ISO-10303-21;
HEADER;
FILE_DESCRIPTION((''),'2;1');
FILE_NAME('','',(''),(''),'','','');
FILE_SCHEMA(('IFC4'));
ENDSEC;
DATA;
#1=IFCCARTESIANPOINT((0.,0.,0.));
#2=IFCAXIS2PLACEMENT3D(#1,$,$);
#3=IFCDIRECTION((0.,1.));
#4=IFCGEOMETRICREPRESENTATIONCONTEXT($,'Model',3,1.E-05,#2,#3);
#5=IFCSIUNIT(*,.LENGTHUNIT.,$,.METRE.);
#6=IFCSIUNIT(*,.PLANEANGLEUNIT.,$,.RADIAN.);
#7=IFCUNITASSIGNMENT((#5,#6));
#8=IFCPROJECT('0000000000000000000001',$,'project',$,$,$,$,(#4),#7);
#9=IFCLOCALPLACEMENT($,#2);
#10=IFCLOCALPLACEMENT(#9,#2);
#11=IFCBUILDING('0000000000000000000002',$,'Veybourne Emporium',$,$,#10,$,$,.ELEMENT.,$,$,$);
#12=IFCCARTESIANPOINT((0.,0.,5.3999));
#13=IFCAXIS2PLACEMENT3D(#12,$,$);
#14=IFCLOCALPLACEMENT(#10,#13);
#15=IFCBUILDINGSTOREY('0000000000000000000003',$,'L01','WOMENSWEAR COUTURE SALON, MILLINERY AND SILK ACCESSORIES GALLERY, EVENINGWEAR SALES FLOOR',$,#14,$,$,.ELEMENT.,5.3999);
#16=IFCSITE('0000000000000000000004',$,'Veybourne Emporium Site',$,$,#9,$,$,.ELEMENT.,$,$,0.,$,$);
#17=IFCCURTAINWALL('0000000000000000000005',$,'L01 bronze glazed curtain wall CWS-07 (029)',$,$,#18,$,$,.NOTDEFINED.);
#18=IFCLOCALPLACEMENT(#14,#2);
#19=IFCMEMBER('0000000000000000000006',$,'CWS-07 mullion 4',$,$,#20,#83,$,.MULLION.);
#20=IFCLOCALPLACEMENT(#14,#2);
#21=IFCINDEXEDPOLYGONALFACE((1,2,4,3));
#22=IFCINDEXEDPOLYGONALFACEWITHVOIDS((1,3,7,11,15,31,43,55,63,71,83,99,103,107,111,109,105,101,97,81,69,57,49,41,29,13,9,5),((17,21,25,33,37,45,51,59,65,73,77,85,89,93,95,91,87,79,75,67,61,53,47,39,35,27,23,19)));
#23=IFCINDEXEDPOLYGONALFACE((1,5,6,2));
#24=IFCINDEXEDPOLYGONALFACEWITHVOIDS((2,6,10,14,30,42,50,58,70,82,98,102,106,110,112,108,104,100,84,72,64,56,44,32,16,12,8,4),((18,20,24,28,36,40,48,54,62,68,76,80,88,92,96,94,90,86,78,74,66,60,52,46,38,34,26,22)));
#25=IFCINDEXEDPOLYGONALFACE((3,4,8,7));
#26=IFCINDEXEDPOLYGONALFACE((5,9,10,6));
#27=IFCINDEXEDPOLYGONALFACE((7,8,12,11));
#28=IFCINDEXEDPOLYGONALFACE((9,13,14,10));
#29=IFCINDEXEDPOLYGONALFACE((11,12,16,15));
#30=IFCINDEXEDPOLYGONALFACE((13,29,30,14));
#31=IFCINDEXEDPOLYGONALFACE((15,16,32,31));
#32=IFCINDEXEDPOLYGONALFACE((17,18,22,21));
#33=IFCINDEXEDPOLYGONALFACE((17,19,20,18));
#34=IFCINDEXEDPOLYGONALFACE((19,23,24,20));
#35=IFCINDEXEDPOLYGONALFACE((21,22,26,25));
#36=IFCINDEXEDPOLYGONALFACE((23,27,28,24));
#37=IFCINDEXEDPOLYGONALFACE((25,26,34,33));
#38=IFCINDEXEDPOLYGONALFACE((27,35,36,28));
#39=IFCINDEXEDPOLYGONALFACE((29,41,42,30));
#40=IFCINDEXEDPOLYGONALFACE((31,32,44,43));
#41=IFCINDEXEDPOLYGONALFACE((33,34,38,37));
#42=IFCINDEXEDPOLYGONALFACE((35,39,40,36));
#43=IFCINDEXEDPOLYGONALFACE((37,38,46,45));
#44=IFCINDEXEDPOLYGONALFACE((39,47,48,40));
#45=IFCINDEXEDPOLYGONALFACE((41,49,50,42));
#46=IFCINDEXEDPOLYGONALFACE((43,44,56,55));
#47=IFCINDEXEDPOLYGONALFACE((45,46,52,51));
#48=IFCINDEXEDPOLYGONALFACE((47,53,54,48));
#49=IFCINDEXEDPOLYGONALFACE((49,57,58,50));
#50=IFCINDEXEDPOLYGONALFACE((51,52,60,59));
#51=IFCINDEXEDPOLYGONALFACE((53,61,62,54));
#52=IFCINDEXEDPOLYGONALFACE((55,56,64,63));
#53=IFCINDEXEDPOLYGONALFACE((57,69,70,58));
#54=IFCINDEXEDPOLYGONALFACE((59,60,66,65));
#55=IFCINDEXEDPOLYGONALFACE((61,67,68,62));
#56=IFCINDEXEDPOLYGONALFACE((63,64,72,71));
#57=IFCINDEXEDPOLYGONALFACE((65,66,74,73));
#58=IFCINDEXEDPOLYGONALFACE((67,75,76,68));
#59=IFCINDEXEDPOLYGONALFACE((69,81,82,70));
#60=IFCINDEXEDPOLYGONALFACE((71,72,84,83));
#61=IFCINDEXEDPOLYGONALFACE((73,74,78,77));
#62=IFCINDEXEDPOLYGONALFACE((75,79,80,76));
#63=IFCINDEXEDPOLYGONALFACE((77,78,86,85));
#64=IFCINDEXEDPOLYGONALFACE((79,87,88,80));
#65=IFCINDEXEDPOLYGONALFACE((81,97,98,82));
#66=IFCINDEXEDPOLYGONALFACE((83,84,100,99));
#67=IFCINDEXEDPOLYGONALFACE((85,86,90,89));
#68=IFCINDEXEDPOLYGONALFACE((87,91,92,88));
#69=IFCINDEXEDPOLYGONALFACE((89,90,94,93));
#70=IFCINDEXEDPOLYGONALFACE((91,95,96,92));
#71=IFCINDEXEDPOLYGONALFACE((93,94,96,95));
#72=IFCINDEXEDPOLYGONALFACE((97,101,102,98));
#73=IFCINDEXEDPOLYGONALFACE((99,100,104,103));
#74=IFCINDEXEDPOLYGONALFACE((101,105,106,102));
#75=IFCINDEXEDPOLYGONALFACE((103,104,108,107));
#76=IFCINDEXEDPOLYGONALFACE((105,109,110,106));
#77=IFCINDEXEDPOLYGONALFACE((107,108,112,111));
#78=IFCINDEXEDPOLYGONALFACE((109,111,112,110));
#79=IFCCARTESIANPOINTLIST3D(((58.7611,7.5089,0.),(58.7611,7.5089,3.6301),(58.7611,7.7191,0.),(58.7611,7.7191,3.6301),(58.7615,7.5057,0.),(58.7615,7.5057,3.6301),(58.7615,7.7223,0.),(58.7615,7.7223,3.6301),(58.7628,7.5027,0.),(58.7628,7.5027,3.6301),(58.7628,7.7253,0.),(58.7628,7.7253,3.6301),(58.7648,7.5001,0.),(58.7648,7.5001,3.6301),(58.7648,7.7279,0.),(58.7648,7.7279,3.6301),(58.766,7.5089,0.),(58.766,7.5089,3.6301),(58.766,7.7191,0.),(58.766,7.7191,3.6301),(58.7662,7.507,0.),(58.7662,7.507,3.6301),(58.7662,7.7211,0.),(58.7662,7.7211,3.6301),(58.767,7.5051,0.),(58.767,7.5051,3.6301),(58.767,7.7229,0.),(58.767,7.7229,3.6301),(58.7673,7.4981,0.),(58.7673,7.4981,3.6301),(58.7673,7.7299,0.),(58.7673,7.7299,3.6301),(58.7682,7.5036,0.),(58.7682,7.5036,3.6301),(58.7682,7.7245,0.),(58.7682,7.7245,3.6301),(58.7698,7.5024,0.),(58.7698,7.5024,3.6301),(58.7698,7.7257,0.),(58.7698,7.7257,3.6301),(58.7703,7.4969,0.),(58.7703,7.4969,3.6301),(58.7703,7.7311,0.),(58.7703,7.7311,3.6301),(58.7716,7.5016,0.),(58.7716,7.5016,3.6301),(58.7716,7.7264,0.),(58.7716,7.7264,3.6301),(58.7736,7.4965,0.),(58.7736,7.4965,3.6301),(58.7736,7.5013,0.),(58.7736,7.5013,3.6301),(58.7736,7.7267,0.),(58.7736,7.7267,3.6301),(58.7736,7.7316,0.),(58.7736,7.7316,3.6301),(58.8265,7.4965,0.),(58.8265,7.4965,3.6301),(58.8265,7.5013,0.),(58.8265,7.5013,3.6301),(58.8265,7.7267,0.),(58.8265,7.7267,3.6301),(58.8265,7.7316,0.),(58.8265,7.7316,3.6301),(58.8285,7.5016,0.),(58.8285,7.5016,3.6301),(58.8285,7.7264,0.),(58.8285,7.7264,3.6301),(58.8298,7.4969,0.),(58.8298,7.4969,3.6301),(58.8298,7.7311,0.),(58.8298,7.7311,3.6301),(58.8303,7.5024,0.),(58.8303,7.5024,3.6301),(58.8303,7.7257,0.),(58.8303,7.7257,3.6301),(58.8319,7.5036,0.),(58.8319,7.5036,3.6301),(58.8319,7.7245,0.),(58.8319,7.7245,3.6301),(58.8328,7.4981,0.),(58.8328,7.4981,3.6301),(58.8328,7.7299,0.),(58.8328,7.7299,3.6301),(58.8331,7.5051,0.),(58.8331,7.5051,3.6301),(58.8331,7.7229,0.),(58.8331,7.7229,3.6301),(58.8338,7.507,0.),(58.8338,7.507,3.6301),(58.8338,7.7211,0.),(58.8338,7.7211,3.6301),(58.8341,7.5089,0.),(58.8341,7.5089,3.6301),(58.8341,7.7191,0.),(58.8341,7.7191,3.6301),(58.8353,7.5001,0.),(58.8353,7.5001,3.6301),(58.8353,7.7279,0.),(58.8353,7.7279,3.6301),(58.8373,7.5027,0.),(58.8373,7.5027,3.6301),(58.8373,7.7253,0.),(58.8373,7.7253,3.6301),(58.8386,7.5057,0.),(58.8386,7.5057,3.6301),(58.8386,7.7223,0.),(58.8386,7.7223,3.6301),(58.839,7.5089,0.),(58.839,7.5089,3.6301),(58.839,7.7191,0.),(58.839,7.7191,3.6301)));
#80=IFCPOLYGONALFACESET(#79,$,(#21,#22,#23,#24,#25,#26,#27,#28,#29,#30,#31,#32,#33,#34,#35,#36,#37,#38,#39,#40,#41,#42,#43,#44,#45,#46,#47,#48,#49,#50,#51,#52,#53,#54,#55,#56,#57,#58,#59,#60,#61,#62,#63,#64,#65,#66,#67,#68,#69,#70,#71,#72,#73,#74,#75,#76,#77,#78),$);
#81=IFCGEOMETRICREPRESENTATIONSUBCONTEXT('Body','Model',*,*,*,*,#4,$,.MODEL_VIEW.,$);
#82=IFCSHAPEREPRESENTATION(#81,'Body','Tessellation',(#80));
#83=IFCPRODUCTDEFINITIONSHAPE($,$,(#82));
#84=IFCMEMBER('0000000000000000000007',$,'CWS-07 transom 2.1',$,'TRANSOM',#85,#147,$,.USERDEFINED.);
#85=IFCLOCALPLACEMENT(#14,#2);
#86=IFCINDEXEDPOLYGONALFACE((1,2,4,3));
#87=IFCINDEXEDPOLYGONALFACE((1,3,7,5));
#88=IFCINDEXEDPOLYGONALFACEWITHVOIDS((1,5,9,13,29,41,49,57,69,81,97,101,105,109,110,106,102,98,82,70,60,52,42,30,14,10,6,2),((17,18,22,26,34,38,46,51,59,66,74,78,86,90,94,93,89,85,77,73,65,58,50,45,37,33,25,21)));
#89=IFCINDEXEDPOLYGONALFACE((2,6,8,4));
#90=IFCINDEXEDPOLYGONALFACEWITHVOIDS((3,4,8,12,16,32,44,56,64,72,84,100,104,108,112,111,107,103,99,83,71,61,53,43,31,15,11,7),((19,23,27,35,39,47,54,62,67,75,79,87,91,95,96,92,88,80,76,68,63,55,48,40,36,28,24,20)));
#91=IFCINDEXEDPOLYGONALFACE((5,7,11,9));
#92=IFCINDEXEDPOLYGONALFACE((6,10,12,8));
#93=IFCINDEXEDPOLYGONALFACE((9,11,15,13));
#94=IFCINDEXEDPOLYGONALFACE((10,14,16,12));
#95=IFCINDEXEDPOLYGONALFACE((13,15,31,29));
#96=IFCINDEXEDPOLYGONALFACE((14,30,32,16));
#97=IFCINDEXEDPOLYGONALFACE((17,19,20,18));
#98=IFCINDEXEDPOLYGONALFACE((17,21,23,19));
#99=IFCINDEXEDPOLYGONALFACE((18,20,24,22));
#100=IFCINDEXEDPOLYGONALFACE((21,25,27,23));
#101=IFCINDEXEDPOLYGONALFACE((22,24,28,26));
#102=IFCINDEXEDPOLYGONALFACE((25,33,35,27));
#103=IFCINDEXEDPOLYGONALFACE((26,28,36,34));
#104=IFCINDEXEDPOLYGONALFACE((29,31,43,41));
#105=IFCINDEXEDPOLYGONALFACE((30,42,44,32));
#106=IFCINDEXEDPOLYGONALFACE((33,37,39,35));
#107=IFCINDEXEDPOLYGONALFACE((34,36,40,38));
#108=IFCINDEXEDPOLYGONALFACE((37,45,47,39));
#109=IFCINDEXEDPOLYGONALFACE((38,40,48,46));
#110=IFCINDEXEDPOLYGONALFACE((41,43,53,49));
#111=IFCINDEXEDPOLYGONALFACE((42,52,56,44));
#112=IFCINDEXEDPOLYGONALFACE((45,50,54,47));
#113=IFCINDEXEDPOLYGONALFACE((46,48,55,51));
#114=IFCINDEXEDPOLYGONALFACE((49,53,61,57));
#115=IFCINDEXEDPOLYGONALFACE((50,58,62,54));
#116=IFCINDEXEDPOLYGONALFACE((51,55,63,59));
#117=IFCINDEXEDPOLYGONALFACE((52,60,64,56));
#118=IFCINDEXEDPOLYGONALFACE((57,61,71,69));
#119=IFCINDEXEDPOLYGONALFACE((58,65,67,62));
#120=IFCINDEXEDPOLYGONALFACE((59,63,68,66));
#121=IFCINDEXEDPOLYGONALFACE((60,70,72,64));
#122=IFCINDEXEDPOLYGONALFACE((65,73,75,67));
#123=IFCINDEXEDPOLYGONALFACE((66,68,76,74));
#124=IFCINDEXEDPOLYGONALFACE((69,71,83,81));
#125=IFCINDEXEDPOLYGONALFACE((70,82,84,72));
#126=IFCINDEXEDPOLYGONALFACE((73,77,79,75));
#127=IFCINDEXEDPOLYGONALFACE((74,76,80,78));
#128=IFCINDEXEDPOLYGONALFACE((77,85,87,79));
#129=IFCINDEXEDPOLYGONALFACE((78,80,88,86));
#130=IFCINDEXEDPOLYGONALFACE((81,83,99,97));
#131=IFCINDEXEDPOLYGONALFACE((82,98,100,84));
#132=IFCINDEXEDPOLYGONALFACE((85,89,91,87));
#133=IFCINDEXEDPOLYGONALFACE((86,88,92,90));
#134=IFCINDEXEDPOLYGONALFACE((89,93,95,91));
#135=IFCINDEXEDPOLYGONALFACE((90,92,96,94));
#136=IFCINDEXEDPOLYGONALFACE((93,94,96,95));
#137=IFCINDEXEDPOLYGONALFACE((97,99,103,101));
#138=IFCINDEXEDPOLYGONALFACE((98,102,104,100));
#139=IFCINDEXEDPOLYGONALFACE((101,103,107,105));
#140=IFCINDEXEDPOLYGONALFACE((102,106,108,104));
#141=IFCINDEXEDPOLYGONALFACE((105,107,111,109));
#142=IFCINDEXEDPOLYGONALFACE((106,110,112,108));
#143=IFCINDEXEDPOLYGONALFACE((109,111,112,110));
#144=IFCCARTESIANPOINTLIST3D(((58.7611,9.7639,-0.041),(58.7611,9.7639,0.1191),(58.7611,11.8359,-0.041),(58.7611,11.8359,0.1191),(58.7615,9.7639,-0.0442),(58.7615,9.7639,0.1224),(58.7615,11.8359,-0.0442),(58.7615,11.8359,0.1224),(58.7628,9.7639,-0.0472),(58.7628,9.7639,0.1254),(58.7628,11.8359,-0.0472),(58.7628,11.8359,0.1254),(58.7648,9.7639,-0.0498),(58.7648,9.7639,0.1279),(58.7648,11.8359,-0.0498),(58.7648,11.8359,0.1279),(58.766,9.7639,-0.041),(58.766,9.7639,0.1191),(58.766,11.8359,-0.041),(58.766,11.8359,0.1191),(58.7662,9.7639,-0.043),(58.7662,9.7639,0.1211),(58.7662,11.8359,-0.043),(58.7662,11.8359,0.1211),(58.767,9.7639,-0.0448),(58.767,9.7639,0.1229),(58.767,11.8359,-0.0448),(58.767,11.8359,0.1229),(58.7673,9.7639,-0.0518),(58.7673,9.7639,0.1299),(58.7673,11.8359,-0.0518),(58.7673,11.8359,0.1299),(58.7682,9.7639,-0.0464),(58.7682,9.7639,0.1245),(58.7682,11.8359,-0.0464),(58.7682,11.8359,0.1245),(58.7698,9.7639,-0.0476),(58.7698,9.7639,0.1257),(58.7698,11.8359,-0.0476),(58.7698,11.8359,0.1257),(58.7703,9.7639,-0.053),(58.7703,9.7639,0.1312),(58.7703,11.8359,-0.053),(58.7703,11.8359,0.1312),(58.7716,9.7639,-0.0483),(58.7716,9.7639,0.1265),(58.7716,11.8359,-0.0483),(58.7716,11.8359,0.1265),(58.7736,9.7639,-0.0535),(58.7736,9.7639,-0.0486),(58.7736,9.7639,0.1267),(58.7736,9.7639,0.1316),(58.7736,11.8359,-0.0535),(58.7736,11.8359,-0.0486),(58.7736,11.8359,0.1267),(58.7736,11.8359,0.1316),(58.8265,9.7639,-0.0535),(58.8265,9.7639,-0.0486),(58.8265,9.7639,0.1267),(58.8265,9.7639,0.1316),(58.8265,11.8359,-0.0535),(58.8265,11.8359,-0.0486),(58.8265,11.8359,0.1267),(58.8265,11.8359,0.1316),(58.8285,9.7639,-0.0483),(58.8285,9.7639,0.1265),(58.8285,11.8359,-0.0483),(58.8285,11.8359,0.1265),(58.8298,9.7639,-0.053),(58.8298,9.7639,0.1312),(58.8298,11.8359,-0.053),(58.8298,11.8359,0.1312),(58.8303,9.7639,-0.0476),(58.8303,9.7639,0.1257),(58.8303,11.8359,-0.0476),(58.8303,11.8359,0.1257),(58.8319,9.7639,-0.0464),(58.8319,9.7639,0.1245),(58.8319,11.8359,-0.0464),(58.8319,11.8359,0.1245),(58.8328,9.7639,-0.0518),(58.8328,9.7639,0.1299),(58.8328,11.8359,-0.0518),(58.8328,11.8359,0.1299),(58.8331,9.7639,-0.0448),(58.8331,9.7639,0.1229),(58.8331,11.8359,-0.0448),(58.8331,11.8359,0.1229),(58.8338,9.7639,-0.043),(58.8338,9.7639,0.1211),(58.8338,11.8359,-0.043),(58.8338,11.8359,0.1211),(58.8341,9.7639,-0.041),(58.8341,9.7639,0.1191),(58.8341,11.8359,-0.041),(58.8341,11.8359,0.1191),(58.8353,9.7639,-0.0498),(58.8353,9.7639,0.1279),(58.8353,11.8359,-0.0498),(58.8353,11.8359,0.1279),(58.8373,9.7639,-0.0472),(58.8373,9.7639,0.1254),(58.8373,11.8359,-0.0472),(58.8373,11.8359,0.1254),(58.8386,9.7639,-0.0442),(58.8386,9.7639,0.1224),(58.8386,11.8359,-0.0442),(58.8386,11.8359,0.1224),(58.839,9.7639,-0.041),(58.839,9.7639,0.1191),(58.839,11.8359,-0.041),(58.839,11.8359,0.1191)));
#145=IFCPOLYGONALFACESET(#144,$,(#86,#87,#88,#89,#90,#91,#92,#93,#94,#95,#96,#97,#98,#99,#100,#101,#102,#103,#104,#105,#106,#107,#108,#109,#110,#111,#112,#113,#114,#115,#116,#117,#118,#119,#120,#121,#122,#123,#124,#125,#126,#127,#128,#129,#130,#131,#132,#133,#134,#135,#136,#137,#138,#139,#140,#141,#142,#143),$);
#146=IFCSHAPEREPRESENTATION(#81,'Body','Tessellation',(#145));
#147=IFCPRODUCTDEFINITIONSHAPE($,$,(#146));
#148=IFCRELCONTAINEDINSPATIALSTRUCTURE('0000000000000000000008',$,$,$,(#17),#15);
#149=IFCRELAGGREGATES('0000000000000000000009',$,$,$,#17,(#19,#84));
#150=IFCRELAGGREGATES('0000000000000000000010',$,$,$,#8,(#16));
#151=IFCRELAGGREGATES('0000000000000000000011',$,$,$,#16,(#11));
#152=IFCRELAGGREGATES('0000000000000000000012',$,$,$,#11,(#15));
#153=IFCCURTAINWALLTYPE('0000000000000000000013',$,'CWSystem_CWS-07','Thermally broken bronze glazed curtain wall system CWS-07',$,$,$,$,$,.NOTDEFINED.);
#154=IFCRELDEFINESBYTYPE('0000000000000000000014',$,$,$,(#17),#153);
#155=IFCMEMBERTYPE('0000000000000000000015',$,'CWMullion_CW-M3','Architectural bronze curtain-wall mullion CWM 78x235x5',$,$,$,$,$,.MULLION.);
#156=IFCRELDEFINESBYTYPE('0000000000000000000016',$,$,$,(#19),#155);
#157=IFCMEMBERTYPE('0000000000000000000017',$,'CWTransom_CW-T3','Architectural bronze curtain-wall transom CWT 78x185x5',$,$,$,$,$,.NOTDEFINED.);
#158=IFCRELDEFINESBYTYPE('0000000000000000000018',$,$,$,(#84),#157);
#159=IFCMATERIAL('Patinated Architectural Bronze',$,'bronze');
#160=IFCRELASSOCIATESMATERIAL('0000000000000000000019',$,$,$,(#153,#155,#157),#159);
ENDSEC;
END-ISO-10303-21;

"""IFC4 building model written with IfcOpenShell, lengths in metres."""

from ifc_helpers import new_model, si_unit, direction, frame, origin, origin_2d, place, context, subcontext, project, spatial, hollow_rectangle, extrude, material, material_profile, profile_set, type_object, element, aggregate, save


model = new_model("IFC4")

# Units and contexts
model_context = context("Model", 3, precision=1e-05, world=origin(), true_north=direction((0.0, 1.0)))
body_context = subcontext(model_context, "Body", "Model", "MODEL_VIEW")
ifc_project = project(units=[si_unit("LENGTHUNIT", "METRE"), si_unit("PLANEANGLEUNIT", "RADIAN")], contexts=[model_context])

# Site, building, storey
site_placement = place(None, origin())
site = spatial("IfcSite", under=ifc_project, at=site_placement, Name="Veybourne Emporium Site", CompositionType="ELEMENT", RefElevation=0.0)
building_placement = place(site_placement, origin())
building = spatial("IfcBuilding", under=site, at=building_placement, Name="Veybourne Emporium", CompositionType="ELEMENT")
storey_placement = place(building_placement, frame((0.0, 0.0, 5.3999)))
storey = spatial("IfcBuildingStorey", under=building, at=storey_placement, Name="L01", Description="WOMENSWEAR COUTURE SALON, MILLINERY AND SILK ACCESSORIES GALLERY, EVENINGWEAR SALES FLOOR", CompositionType="ELEMENT", Elevation=5.3999)

# Curtain wall, members
ifc_material_1 = material(Name="Patinated Architectural Bronze", Category="bronze")
curtain_wall_type = type_object("IfcCurtainWallType", Name="CWSystem_CWS-07", Description="Thermally broken bronze glazed curtain wall system CWS-07", PredefinedType="NOTDEFINED", material=ifc_material_1)
curtain_wall_placement = place(storey_placement, origin())
curtain_wall = element("IfcCurtainWall", 1, at=curtain_wall_placement, inside=storey, type_object=curtain_wall_type, Name="L01 bronze glazed curtain wall CWS-07 (029)", PredefinedType="NOTDEFINED")
ifc_material_profile_1 = material_profile(ifc_material_1, hollow_rectangle(XDim=0.0779, YDim=0.2351, WallThickness=0.0049, InnerFilletRadius=0.0076, OuterFilletRadius=0.0125, at=origin_2d()), Name="CWM 78x235x5")
ifc_profile_set_1 = profile_set([ifc_material_profile_1], Name="Patinated Architectural Bronze")
member_type_1 = type_object("IfcMemberType", Name="CWMullion_CW-M3", Description="Architectural bronze curtain-wall mullion CWM 78x235x5", PredefinedType="MULLION", material=ifc_profile_set_1)
member_1_placement = place(storey_placement, frame((58.8, 7.614, 0.0), z_axis=(0.0, 0.0, 1.0), x_axis=(1.0, 0.0, 0.0)))
member_1 = element("IfcMember", 2, at=member_1_placement, type_object=member_type_1, Name="CWS-07 mullion 4", PredefinedType="MULLION", context=body_context, shape_type="SweptSolid", body=[
    extrude(hollow_rectangle(XDim=0.0779, YDim=0.2351, WallThickness=0.0049, InnerFilletRadius=0.0076, OuterFilletRadius=0.0125, at=origin_2d()), origin(), (0.0, 0.0, 1.0), 3.6301),
])
ifc_material_profile_2 = material_profile(ifc_material_1, hollow_rectangle(XDim=0.0779, YDim=0.1851, WallThickness=0.0049, InnerFilletRadius=0.0076, OuterFilletRadius=0.0125, at=origin_2d()), Name="CWT 78x185x5")
ifc_profile_set_2 = profile_set([ifc_material_profile_2], Name="Patinated Architectural Bronze")
member_type_2 = type_object("IfcMemberType", Name="CWTransom_CW-T3", Description="Architectural bronze curtain-wall transom CWT 78x185x5", PredefinedType="NOTDEFINED", material=ifc_profile_set_2)
member_2_placement = place(storey_placement, frame((58.8, 11.8359, 0.0391), z_axis=(0.0, -1.0, 0.0), x_axis=(1.0, 0.0, 0.0)))
member_2 = element("IfcMember", 3, at=member_2_placement, type_object=member_type_2, Name="CWS-07 transom 2.1", ObjectType="TRANSOM", PredefinedType="USERDEFINED", context=body_context, shape_type="SweptSolid", body=[
    extrude(hollow_rectangle(XDim=0.0779, YDim=0.1851, WallThickness=0.0049, InnerFilletRadius=0.0076, OuterFilletRadius=0.0125, at=origin_2d()), origin(), (0.0, 0.0, 1.0), 2.072),
])

aggregate(curtain_wall, [member_1, member_2])

save(model, "model.ifc")
